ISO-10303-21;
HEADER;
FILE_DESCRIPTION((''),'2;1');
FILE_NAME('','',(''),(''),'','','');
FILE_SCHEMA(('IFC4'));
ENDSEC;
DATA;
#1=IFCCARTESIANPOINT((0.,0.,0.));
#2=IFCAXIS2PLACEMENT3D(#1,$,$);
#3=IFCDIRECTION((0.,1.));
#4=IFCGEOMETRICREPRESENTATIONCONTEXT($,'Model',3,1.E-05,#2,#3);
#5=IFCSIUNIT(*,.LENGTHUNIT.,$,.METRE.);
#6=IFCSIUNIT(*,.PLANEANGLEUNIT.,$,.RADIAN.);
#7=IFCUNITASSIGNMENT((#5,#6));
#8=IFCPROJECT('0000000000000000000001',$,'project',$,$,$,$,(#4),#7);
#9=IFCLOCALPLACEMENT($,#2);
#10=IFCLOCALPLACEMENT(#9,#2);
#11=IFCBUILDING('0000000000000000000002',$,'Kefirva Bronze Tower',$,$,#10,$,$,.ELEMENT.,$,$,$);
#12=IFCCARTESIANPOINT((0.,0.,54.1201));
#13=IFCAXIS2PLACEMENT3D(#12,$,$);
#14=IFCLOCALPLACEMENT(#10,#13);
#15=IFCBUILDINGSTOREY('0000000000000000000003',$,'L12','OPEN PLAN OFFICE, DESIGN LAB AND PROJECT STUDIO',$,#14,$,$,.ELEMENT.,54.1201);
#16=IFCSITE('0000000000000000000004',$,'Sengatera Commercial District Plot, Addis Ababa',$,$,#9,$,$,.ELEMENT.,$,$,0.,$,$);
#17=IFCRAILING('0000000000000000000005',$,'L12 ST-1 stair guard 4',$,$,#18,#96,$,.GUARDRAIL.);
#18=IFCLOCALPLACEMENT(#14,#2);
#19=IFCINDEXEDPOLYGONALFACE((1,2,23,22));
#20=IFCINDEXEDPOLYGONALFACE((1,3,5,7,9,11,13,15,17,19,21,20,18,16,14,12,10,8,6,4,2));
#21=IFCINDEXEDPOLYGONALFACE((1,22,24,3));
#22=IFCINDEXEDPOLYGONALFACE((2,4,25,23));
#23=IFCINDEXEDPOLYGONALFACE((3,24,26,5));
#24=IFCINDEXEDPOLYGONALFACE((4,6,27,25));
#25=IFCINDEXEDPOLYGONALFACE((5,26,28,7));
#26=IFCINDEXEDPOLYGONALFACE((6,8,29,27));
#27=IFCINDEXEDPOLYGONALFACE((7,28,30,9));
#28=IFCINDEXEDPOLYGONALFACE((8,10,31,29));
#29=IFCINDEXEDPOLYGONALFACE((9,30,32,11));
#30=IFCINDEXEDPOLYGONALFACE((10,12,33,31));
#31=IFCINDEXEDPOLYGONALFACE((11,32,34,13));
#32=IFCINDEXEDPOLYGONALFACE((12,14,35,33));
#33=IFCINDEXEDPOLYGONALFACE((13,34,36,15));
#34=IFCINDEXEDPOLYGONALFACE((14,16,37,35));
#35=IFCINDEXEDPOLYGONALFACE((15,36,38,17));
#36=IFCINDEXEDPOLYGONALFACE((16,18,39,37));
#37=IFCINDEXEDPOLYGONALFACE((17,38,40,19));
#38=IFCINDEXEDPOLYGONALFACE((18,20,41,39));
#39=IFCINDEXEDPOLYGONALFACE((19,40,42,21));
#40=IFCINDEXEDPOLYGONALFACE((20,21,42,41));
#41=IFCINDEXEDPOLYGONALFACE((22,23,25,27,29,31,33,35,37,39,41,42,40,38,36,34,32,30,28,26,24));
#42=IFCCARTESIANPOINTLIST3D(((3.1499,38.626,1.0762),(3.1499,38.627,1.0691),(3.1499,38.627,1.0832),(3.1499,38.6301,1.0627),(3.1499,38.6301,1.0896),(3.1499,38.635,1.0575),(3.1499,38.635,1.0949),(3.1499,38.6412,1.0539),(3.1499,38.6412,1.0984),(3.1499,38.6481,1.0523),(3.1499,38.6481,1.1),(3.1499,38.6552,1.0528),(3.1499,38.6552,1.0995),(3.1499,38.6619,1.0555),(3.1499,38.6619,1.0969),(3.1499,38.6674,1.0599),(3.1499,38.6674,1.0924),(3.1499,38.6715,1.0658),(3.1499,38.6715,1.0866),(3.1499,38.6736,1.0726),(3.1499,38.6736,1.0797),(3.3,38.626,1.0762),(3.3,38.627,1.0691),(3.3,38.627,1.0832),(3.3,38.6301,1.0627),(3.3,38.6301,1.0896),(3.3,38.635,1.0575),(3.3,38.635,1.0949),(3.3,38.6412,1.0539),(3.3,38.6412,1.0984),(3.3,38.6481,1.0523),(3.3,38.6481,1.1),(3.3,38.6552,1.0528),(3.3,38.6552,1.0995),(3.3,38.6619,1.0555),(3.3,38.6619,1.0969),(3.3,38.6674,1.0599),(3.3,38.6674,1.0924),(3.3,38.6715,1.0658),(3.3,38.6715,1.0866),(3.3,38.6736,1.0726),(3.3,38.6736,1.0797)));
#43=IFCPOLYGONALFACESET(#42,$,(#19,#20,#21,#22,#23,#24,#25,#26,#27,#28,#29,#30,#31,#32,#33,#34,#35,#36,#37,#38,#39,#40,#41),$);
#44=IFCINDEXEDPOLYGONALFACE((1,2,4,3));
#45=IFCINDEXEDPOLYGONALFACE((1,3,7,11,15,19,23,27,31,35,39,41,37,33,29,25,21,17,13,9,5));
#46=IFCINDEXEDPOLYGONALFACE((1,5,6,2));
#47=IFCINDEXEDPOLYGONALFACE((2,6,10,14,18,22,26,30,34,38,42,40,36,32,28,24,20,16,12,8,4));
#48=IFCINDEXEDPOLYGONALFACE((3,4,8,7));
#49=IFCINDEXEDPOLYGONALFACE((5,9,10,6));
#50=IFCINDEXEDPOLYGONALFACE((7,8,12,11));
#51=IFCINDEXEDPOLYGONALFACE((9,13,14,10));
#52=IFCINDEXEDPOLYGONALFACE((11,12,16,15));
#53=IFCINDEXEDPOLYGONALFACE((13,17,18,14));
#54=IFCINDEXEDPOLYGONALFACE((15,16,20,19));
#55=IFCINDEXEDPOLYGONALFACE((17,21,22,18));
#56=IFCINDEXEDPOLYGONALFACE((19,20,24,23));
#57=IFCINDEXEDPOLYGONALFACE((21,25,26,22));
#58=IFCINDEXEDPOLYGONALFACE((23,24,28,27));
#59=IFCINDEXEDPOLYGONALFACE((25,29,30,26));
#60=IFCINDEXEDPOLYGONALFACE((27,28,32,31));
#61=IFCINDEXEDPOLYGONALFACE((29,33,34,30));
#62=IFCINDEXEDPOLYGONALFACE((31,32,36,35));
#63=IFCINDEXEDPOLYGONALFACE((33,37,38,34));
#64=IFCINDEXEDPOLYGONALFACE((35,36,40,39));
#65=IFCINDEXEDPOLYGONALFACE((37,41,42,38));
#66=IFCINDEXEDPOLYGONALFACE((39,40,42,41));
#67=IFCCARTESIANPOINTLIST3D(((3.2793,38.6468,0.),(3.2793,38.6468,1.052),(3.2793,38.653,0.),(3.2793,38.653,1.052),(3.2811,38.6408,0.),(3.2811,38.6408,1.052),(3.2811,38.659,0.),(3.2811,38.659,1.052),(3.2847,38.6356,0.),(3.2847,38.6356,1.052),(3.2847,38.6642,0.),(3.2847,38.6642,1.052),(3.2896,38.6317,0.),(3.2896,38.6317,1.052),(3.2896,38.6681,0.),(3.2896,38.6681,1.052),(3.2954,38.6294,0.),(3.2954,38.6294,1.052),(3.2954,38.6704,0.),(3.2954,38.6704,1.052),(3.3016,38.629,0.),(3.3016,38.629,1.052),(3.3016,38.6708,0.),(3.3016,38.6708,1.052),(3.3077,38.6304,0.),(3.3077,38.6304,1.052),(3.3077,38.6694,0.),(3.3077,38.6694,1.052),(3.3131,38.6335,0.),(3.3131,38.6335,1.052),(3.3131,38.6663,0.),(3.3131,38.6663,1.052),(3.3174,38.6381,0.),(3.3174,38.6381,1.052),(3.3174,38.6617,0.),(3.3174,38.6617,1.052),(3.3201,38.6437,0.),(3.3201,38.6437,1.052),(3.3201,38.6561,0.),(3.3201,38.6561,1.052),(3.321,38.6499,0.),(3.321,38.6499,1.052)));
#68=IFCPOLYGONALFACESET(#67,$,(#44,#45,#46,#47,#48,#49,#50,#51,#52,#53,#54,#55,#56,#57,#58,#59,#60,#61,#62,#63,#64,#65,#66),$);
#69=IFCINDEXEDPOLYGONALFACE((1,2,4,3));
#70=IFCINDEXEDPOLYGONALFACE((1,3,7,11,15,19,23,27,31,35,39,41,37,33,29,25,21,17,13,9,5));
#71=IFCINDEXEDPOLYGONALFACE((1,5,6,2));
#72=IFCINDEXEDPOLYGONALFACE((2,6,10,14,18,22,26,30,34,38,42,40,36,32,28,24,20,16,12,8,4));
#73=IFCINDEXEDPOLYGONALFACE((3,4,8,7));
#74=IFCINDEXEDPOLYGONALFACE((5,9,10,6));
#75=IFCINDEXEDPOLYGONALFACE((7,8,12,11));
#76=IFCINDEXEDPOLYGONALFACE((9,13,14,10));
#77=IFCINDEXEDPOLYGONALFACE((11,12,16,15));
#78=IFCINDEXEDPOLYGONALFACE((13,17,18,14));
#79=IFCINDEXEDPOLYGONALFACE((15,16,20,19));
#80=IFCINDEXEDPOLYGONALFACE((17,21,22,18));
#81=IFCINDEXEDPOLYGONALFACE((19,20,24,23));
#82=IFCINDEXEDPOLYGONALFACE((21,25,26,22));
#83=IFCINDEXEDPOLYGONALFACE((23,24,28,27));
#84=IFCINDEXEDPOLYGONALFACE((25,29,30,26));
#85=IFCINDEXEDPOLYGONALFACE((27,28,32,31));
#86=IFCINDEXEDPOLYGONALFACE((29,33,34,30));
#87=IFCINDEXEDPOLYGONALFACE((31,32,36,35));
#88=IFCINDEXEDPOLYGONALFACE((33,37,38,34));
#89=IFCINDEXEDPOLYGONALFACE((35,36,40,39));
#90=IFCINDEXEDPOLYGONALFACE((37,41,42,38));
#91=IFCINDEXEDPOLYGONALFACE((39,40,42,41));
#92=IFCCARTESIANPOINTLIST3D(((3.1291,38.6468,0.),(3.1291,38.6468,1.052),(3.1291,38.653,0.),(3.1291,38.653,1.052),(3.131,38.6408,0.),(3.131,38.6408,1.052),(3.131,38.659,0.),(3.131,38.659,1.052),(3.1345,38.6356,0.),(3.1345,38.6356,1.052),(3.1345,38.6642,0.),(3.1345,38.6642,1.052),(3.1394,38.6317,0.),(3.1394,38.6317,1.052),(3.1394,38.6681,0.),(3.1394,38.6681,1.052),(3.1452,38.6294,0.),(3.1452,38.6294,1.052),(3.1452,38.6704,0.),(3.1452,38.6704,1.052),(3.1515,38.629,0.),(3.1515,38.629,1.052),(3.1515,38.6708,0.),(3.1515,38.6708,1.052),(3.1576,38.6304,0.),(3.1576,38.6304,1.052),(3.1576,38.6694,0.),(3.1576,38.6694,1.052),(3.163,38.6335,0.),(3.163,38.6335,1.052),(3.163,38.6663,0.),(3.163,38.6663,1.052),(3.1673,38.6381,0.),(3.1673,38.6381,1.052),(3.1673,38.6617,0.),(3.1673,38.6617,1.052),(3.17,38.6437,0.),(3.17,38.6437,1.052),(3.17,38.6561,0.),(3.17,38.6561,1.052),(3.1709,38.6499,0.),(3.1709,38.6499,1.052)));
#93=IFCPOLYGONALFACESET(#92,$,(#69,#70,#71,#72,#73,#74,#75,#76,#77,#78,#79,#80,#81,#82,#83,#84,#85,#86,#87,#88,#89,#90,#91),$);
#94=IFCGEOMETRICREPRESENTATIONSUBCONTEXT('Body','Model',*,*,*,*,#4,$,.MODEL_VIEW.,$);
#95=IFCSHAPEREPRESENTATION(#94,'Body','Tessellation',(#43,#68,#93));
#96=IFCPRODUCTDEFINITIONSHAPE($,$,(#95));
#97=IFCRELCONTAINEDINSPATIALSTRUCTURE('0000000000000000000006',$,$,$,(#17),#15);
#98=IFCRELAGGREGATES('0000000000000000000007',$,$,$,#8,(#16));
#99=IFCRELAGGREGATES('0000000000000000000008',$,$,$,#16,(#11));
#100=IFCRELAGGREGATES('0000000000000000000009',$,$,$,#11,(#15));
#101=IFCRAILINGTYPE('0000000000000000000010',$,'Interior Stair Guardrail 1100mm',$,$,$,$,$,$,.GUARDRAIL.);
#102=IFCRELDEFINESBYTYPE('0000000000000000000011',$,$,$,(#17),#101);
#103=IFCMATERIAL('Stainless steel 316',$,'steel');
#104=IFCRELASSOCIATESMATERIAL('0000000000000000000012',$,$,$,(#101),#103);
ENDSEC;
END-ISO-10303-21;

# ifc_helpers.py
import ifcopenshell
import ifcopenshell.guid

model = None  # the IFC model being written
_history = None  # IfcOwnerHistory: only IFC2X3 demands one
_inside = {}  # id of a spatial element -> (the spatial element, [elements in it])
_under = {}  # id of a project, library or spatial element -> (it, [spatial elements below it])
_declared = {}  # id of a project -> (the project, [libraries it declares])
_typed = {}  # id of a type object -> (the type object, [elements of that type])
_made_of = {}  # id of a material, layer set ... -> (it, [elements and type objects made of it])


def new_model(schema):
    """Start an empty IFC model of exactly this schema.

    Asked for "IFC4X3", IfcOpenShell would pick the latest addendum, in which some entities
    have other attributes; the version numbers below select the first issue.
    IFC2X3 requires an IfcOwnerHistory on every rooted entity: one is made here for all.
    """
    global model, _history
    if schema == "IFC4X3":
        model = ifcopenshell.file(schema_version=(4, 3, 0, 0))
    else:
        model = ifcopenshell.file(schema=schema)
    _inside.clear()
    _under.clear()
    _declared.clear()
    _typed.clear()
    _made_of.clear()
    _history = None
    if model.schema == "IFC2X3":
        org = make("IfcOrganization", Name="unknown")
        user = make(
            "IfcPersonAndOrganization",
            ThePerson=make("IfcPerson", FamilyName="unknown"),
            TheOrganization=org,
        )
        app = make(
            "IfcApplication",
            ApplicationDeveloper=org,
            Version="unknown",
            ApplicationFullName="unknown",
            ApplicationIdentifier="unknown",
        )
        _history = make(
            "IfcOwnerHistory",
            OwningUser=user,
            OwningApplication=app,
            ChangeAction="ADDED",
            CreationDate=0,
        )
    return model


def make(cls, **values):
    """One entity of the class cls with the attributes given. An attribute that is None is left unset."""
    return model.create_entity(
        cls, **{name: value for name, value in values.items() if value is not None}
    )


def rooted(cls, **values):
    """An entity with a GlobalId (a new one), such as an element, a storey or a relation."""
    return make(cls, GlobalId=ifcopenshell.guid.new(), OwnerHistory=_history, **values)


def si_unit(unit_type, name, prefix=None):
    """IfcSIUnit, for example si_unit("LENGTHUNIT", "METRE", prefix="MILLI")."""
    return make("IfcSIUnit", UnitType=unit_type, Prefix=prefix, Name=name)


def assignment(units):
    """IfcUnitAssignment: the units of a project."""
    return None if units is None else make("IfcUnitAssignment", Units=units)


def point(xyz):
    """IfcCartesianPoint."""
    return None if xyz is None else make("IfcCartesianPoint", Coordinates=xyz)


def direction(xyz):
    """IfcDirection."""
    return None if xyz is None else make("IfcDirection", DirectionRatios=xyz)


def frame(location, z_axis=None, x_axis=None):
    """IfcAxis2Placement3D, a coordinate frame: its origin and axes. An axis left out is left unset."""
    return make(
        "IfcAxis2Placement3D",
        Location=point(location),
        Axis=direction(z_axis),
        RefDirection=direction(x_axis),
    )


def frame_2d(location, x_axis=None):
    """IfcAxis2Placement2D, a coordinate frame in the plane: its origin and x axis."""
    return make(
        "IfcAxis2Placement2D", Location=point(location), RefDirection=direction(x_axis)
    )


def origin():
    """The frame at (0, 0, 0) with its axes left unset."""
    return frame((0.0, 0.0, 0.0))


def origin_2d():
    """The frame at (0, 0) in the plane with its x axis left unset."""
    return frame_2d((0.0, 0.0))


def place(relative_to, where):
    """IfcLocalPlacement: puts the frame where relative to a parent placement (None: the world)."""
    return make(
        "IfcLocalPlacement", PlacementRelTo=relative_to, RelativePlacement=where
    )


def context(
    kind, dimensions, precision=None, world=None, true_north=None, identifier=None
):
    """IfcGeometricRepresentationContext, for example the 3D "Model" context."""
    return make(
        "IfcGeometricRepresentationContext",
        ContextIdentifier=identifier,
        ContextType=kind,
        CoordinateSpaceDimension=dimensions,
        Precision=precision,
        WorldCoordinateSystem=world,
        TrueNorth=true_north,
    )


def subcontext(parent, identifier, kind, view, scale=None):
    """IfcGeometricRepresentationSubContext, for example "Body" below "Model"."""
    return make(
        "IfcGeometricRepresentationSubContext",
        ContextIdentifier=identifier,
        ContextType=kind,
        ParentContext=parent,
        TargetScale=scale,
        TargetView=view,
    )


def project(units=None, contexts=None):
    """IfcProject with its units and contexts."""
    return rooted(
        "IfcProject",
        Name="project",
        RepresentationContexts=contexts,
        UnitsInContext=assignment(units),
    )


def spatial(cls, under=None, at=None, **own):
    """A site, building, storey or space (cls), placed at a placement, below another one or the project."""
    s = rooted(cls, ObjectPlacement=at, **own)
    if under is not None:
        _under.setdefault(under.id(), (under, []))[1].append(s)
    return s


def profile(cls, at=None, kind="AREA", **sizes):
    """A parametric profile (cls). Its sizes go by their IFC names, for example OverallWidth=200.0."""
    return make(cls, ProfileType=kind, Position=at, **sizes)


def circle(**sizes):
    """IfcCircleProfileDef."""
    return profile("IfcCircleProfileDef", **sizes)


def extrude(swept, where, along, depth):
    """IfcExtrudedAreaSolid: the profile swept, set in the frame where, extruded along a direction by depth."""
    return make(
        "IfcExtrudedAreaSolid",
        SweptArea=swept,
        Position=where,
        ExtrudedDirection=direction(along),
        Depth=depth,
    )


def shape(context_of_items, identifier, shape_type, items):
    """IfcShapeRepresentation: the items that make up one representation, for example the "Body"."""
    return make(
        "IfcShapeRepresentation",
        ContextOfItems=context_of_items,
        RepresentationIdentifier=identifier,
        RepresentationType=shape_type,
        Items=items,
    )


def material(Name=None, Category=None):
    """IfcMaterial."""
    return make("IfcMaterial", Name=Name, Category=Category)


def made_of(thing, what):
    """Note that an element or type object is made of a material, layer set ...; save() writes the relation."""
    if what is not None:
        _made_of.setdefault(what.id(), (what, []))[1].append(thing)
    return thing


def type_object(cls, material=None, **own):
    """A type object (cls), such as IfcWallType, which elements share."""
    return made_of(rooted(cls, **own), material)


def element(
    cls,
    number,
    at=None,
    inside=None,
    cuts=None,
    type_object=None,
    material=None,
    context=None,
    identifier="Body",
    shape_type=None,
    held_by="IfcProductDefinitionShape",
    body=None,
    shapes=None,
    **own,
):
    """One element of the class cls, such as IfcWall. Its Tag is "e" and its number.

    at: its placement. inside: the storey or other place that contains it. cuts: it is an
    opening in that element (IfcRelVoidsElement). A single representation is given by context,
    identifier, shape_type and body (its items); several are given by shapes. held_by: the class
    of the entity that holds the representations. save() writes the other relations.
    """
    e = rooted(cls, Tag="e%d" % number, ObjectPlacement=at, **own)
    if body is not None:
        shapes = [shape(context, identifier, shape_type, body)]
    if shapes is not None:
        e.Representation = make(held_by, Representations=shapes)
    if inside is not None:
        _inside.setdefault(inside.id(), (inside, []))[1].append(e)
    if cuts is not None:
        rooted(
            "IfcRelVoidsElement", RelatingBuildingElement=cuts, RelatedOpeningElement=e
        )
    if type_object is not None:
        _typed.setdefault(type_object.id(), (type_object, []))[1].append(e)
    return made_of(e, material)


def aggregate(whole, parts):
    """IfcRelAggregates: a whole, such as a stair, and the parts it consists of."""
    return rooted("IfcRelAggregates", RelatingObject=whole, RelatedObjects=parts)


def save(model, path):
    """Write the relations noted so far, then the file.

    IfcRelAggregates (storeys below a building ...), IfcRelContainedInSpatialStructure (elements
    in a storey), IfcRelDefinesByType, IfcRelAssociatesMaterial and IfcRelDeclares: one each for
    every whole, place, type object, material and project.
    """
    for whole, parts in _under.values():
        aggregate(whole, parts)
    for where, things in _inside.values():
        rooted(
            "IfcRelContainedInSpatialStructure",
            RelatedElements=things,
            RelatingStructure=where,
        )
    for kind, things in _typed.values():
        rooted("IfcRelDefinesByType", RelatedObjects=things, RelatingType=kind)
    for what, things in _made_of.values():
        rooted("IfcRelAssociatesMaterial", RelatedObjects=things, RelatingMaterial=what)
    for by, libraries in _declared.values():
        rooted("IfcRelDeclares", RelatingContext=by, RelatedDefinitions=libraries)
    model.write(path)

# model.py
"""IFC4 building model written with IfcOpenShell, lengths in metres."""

from ifc_helpers import new_model, si_unit, direction, frame, origin, origin_2d, place, context, subcontext, project, spatial, circle, extrude, material, type_object, element, save


model = new_model("IFC4")

# Units and contexts
model_context = context("Model", 3, precision=1e-05, world=origin(), true_north=direction((0.0, 1.0)))
body_context = subcontext(model_context, "Body", "Model", "MODEL_VIEW")
ifc_project = project(units=[si_unit("LENGTHUNIT", "METRE"), si_unit("PLANEANGLEUNIT", "RADIAN")], contexts=[model_context])

# Site, building, storey
site_placement = place(None, origin())
site = spatial("IfcSite", under=ifc_project, at=site_placement, Name="Sengatera Commercial District Plot, Addis Ababa", CompositionType="ELEMENT", RefElevation=0.0)
building_placement = place(site_placement, origin())
building = spatial("IfcBuilding", under=site, at=building_placement, Name="Kefirva Bronze Tower", CompositionType="ELEMENT")
storey_placement = place(building_placement, frame((0.0, 0.0, 54.1201)))
storey = spatial("IfcBuildingStorey", under=building, at=storey_placement, Name="L12", Description="OPEN PLAN OFFICE, DESIGN LAB AND PROJECT STUDIO", CompositionType="ELEMENT", Elevation=54.1201)

# Railing
ifc_material_1 = material(Name="Stainless steel 316", Category="steel")
railing_type_1 = type_object("IfcRailingType", Name="Interior Stair Guardrail 1100mm", PredefinedType="GUARDRAIL", material=ifc_material_1)
railing_1_placement = place(storey_placement, frame((3.3, 38.6499, 0.0)))
element("IfcRailing", 1, at=railing_1_placement, inside=storey, type_object=railing_type_1, Name="L12 ST-1 stair guard 4", PredefinedType="GUARDRAIL", context=body_context, shape_type="SweptSolid", body=[
    extrude(circle(Radius=0.0239, at=origin_2d()), frame((0.0, 0.0, 1.0762), z_axis=(-1.0, 0.0, 0.0), x_axis=(0.0, -1.0, 0.0)), (0.0, 0.0, 1.0), 0.1501),
    extrude(circle(Radius=0.021, at=origin_2d()), origin(), (0.0, 0.0, 1.0), 1.052),
    extrude(circle(Radius=0.021, at=origin_2d()), frame((-0.1501, 0.0, 0.0)), (0.0, 0.0, 1.0), 1.052),
])

save(model, "model.ifc")
